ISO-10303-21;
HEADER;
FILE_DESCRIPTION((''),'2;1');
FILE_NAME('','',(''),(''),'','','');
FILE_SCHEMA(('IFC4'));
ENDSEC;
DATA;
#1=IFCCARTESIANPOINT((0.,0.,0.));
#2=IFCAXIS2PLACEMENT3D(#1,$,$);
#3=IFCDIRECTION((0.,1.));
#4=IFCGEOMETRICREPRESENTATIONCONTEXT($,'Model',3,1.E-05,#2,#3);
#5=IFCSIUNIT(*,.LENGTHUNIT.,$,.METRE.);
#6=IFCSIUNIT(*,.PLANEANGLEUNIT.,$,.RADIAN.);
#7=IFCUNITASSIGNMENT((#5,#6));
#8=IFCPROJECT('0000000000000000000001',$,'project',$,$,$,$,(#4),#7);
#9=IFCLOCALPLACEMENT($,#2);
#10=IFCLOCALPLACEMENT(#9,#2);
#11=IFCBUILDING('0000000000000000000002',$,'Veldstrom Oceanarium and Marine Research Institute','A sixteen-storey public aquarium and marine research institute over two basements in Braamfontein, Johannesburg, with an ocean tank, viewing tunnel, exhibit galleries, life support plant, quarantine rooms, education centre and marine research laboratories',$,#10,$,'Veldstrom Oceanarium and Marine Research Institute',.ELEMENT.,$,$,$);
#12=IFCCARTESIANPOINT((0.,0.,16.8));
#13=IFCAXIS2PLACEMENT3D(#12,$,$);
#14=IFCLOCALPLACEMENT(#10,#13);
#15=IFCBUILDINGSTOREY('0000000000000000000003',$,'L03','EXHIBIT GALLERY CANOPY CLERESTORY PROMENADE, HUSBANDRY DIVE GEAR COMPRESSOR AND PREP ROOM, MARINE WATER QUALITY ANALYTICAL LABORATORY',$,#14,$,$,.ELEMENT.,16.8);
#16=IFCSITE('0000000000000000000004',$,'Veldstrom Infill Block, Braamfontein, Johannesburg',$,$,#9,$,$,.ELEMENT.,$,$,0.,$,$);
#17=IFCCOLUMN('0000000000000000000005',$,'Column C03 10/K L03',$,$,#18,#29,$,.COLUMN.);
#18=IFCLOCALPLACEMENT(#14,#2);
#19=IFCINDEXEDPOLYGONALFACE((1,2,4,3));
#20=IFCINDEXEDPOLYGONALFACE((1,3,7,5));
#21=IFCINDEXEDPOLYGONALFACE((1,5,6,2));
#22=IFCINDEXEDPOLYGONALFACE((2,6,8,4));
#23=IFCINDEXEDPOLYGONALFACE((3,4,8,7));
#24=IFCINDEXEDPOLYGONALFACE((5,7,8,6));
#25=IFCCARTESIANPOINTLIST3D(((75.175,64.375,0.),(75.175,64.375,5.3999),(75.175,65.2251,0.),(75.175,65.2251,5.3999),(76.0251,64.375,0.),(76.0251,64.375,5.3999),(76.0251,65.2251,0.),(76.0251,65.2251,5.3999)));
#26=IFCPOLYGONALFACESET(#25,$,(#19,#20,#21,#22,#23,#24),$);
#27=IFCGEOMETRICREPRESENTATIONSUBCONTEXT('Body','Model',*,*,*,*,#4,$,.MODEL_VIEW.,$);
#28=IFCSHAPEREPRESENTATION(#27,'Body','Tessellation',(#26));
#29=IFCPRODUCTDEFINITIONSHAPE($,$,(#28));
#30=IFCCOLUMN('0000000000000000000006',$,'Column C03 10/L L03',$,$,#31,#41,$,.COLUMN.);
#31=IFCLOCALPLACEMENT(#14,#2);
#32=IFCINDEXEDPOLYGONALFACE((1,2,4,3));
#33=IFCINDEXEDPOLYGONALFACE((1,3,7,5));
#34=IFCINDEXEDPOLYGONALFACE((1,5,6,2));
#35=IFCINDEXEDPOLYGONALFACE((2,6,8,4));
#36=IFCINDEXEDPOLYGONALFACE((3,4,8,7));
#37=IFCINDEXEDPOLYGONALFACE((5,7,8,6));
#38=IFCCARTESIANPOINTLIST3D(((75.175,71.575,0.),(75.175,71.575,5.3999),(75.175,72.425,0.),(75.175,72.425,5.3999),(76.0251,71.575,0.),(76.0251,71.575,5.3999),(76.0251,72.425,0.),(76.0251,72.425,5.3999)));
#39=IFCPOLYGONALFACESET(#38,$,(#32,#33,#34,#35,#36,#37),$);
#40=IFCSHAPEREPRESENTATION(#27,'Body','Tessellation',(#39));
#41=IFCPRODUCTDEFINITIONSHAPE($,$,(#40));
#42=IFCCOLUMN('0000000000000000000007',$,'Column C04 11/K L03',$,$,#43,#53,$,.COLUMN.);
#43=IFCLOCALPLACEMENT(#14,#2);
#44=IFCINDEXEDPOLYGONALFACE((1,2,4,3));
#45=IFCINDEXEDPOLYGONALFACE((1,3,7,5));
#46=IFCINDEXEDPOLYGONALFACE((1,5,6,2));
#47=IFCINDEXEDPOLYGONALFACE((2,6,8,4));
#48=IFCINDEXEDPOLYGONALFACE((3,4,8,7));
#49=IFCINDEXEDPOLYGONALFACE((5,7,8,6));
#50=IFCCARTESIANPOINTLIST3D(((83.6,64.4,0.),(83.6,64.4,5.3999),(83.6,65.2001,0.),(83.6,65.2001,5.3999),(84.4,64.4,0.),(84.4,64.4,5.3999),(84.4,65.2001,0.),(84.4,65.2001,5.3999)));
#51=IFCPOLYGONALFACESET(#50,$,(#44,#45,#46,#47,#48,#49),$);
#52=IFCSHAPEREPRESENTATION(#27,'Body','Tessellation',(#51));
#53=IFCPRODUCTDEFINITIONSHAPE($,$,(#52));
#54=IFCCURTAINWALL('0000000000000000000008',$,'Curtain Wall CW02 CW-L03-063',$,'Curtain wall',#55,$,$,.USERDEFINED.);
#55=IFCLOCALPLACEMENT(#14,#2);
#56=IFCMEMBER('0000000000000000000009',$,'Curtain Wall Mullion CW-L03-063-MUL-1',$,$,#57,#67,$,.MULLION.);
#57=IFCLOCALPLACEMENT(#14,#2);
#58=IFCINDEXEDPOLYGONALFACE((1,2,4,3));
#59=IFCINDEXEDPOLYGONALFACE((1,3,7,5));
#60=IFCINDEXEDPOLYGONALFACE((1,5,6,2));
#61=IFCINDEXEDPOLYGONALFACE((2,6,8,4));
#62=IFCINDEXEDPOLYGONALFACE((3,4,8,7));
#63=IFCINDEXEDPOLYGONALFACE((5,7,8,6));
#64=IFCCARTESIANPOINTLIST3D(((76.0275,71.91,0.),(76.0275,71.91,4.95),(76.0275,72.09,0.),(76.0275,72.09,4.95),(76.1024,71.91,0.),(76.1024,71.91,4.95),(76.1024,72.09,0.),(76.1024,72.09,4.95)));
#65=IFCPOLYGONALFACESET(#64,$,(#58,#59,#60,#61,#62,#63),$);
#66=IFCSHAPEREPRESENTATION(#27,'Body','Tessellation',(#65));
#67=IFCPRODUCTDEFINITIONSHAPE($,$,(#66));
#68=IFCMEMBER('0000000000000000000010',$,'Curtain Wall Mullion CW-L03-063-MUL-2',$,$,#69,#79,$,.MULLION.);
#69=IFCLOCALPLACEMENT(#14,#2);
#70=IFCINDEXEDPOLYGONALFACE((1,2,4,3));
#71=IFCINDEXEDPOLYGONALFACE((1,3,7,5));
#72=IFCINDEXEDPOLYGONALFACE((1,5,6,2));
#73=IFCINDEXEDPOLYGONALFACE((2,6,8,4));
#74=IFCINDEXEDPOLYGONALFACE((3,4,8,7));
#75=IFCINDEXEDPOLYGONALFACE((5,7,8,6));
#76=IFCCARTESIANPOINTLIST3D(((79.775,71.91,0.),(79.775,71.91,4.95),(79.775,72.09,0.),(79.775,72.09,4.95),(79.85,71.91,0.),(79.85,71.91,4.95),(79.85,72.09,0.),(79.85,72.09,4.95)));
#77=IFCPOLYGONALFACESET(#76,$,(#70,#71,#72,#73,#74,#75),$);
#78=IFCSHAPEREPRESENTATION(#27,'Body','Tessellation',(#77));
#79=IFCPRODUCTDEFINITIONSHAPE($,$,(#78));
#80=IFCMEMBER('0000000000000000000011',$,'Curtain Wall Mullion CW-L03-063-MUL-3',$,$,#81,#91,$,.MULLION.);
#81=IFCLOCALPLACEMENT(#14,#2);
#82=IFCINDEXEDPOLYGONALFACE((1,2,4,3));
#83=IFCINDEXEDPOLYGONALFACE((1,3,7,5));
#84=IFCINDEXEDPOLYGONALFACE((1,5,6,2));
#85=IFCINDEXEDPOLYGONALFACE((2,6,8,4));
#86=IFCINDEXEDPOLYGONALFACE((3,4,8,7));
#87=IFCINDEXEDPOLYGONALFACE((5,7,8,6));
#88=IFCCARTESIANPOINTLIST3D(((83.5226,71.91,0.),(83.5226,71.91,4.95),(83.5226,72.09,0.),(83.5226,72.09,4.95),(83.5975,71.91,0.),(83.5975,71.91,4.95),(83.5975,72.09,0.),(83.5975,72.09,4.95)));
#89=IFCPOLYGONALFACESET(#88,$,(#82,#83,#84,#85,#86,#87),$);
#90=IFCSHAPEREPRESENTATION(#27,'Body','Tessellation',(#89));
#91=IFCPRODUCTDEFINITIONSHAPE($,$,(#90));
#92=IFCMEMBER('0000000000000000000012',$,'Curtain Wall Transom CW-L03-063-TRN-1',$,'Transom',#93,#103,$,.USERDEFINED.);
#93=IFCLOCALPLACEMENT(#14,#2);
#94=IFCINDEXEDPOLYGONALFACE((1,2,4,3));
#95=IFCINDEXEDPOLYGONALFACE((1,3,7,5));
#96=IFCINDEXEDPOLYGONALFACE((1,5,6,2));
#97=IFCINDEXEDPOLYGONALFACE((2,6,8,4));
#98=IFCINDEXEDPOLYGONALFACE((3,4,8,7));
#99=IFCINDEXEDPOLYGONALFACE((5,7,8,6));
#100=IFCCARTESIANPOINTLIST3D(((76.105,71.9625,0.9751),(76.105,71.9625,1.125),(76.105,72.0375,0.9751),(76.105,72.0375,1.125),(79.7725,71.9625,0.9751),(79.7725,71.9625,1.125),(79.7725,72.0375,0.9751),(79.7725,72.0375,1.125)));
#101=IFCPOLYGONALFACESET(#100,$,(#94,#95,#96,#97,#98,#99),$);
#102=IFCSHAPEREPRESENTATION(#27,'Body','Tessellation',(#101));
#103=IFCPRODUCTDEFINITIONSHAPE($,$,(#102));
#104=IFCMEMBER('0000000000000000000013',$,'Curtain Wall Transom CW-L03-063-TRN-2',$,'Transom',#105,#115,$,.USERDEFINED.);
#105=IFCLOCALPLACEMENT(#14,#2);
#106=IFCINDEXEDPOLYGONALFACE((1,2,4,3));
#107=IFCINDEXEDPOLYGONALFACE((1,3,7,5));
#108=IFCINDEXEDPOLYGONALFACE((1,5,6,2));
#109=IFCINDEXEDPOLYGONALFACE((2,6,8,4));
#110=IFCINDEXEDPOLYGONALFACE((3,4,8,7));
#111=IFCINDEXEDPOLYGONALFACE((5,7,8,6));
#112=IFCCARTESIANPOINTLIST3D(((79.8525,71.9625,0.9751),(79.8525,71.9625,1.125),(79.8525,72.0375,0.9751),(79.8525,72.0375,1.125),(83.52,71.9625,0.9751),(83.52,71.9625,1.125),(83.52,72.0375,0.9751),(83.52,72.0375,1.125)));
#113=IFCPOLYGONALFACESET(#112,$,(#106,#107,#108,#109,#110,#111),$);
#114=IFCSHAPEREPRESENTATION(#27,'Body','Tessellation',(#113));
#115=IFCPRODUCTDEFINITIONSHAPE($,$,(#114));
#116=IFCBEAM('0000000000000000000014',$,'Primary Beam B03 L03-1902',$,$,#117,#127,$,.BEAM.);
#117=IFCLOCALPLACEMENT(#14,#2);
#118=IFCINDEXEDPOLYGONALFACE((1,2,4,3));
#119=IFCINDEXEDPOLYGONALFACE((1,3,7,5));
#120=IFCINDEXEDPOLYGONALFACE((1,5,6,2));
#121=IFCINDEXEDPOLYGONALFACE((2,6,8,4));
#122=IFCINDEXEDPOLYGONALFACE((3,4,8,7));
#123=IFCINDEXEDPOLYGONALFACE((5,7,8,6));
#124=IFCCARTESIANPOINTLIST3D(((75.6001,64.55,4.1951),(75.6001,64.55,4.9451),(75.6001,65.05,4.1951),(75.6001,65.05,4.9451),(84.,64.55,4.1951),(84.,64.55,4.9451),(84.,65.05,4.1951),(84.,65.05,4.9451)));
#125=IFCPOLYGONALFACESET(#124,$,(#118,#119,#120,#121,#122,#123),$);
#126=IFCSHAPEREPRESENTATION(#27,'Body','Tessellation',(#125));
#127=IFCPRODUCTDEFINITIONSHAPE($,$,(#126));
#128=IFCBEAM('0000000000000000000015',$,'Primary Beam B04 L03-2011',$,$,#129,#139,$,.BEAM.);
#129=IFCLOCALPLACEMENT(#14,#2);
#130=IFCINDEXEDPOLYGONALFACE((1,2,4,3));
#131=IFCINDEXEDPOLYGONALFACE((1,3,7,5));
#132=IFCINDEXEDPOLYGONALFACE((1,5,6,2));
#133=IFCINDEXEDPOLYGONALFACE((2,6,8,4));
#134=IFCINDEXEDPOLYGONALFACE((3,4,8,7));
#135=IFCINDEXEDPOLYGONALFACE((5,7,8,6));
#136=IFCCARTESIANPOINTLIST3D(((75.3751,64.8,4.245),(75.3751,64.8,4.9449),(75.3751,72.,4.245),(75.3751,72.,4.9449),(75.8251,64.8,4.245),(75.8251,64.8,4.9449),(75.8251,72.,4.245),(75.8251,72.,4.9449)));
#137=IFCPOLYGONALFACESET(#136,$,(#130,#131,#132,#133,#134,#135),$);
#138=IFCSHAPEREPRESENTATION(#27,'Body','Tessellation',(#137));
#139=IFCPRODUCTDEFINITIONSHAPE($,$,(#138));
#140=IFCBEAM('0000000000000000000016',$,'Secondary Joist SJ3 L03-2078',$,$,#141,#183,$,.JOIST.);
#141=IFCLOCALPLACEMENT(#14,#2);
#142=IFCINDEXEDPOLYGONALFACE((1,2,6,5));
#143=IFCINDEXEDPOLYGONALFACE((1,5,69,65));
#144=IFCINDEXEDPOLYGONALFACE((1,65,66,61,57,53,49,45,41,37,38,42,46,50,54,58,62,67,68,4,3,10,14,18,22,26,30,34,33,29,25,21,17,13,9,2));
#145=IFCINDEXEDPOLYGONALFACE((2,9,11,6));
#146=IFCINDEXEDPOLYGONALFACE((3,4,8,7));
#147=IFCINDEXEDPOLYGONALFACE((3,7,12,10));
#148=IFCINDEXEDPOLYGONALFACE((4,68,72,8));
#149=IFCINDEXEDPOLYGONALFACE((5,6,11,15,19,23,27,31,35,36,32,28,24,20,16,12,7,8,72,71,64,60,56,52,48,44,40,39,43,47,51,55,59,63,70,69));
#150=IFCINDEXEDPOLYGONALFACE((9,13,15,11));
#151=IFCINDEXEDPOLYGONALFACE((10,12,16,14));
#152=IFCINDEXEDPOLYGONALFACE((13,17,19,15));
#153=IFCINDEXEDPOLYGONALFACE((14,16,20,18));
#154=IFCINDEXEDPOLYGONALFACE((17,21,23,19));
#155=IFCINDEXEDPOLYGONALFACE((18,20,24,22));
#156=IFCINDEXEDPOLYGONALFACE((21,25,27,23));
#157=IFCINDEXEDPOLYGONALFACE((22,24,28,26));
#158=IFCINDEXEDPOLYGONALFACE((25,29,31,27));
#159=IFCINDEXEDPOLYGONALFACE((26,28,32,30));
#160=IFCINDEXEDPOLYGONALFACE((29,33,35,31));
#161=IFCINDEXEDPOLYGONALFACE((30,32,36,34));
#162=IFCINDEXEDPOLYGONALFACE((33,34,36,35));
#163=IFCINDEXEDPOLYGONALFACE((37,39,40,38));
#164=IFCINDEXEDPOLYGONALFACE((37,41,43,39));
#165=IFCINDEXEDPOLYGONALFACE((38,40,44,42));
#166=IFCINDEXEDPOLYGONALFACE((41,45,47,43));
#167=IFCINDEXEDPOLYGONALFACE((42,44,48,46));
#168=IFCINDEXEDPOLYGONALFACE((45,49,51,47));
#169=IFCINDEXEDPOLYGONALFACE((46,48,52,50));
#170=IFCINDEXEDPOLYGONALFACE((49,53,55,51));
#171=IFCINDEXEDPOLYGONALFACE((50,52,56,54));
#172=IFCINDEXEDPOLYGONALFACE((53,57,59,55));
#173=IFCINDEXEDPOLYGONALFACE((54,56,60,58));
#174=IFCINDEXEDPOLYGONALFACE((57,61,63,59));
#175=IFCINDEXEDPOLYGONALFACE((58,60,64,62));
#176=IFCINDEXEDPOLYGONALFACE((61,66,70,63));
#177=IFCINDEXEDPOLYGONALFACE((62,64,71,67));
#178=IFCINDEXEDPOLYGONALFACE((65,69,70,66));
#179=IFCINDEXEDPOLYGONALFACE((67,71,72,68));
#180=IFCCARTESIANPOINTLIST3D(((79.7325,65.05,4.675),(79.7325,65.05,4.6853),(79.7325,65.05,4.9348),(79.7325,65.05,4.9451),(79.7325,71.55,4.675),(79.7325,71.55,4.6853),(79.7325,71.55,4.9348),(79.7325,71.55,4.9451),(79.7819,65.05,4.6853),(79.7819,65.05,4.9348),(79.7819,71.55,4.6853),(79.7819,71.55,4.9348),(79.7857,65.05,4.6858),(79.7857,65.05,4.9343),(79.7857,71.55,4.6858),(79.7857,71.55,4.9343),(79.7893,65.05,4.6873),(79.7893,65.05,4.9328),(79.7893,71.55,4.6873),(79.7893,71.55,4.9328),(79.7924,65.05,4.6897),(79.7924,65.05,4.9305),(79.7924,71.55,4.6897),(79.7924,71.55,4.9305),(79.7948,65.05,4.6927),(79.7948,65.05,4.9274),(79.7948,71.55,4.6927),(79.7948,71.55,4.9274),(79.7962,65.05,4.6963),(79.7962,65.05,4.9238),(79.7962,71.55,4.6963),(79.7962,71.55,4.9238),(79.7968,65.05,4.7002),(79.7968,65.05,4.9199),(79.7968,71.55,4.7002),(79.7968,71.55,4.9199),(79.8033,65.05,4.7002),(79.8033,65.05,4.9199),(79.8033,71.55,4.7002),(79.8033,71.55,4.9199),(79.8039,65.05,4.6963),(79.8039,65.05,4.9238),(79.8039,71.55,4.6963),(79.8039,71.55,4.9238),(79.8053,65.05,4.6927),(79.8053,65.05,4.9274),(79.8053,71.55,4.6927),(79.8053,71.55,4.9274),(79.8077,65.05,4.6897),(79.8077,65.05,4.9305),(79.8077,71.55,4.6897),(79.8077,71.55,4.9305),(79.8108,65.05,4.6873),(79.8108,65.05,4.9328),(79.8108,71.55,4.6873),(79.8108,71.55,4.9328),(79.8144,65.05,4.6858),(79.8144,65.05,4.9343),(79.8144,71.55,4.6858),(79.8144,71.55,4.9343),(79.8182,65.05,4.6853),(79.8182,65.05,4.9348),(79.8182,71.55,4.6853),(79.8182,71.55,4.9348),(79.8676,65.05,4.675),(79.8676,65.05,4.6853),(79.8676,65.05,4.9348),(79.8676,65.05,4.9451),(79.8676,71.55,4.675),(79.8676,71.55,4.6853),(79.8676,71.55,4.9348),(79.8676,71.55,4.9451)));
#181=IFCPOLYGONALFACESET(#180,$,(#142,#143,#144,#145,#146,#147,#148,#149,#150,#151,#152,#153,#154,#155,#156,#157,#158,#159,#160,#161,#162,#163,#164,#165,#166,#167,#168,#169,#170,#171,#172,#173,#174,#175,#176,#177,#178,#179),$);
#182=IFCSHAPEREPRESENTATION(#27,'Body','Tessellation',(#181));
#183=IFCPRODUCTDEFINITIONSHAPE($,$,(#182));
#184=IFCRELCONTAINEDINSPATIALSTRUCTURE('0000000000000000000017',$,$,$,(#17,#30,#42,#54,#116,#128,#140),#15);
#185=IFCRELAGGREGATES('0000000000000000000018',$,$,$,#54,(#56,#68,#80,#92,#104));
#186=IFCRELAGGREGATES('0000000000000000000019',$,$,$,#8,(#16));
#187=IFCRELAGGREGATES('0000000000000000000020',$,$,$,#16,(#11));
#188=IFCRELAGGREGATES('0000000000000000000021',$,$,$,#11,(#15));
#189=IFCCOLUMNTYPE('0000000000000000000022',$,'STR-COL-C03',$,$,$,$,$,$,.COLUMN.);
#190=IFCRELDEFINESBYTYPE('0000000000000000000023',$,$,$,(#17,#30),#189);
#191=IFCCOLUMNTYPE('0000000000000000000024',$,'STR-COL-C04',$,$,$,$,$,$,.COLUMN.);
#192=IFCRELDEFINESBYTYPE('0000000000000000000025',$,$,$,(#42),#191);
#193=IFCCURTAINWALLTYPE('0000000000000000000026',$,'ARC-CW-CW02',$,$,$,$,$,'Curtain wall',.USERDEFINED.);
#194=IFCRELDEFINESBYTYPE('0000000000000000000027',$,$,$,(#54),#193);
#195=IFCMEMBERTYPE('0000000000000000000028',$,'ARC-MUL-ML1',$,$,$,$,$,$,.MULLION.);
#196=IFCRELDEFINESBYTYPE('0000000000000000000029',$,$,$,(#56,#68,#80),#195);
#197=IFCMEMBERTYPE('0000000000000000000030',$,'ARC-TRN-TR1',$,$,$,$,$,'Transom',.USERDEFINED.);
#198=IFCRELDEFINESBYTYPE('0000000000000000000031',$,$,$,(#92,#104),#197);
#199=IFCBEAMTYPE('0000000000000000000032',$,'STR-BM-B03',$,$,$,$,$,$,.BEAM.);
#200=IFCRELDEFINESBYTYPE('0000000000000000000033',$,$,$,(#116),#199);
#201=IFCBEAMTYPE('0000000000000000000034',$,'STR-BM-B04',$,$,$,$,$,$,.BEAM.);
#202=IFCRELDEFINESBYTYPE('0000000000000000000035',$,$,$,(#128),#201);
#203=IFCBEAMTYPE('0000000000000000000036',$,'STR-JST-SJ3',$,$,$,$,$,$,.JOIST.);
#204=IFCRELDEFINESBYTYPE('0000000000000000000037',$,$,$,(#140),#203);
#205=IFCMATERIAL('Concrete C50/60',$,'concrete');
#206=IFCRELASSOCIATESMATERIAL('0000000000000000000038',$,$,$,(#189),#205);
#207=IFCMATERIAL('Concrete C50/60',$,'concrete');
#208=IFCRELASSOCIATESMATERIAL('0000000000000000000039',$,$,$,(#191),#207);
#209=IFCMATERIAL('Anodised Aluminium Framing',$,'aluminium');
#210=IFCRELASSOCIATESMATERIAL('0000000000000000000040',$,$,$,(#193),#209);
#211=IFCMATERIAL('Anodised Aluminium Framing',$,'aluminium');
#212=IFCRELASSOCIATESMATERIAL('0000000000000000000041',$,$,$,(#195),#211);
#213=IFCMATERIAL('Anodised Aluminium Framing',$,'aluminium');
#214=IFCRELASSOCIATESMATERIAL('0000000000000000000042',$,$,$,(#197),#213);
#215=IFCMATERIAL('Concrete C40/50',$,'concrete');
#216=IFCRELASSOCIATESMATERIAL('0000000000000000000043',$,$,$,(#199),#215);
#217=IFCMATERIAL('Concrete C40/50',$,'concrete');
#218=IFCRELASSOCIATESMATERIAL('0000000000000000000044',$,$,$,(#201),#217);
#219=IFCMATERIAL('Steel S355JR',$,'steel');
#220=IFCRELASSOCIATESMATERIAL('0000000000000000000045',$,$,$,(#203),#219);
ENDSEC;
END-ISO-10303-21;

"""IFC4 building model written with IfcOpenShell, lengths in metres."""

from ifc_helpers import new_model, si_unit, direction, frame, origin, origin_2d, place, context, subcontext, project, spatial, rectangle, i_section, extrude, material, material_profile, profile_set, type_object, element, aggregate, save


model = new_model("IFC4")

# Units and contexts
model_context = context("Model", 3, precision=1e-05, world=origin(), true_north=direction((0.0, 1.0)))
body_context = subcontext(model_context, "Body", "Model", "MODEL_VIEW")
ifc_project = project(units=[si_unit("LENGTHUNIT", "METRE"), si_unit("PLANEANGLEUNIT", "RADIAN")], contexts=[model_context])

# Site, building, storey
site_placement = place(None, origin())
site = spatial("IfcSite", under=ifc_project, at=site_placement, Name="Veldstrom Infill Block, Braamfontein, Johannesburg", CompositionType="ELEMENT", RefElevation=0.0)
building_placement = place(site_placement, origin())
building = spatial("IfcBuilding", under=site, at=building_placement, Name="Veldstrom Oceanarium and Marine Research Institute", Description="A sixteen-storey public aquarium and marine research institute over two basements in Braamfontein, Johannesburg, with an ocean tank, viewing tunnel, exhibit galleries, life support plant, quarantine rooms, education centre and marine research laboratories", LongName="Veldstrom Oceanarium and Marine Research Institute", CompositionType="ELEMENT")
storey_placement = place(building_placement, frame((0.0, 0.0, 16.8)))
storey = spatial("IfcBuildingStorey", under=building, at=storey_placement, Name="L03", Description="EXHIBIT GALLERY CANOPY CLERESTORY PROMENADE, HUSBANDRY DIVE GEAR COMPRESSOR AND PREP ROOM, MARINE WATER QUALITY ANALYTICAL LABORATORY", CompositionType="ELEMENT", Elevation=16.8)

# Columns
ifc_material_1 = material(Name="Concrete C50/60", Category="concrete")
ifc_material_profile_1 = material_profile(ifc_material_1, rectangle(XDim=0.8501, YDim=0.8501, at=origin_2d()), Name="RC-COL-850x850")
ifc_profile_set_1 = profile_set([ifc_material_profile_1], Name="Concrete C50/60")
column_type_1 = type_object("IfcColumnType", Name="STR-COL-C03", PredefinedType="COLUMN", material=ifc_profile_set_1)
for number, where, z_axis, x_axis, name in (
    (1, (75.6001, 64.8, 0.0), (0.0, 0.0, 1.0), (1.0, 0.0, 0.0), "Column C03 10/K L03"),
    (2, (75.6001, 72.0, 0.0), (0.0, 0.0, 1.0), (1.0, 0.0, 0.0), "Column C03 10/L L03"),
):
    element("IfcColumn", number, at=place(storey_placement, frame(where, z_axis=z_axis, x_axis=x_axis)), inside=storey, type_object=column_type_1, Name=name, PredefinedType="COLUMN", context=body_context, shape_type="SweptSolid", body=[
        extrude(rectangle(XDim=0.8501, YDim=0.8501, at=origin_2d()), origin(), (0.0, 0.0, 1.0), 5.3999),
    ])
ifc_material_2 = material(Name="Concrete C50/60", Category="concrete")
ifc_material_profile_2 = material_profile(ifc_material_2, rectangle(XDim=0.8, YDim=0.8, at=origin_2d()), Name="RC-COL-800x800")
ifc_profile_set_2 = profile_set([ifc_material_profile_2], Name="Concrete C50/60")
column_type_2 = type_object("IfcColumnType", Name="STR-COL-C04", PredefinedType="COLUMN", material=ifc_profile_set_2)
column_placement = place(storey_placement, frame((84.0, 64.8, 0.0), z_axis=(0.0, 0.0, 1.0), x_axis=(1.0, 0.0, 0.0)))
element("IfcColumn", 3, at=column_placement, inside=storey, type_object=column_type_2, Name="Column C04 11/K L03", PredefinedType="COLUMN", context=body_context, shape_type="SweptSolid", body=[
    extrude(rectangle(XDim=0.8, YDim=0.8, at=origin_2d()), origin(), (0.0, 0.0, 1.0), 5.3999),
])

# Curtain wall, members
ifc_material_3 = material(Name="Anodised Aluminium Framing", Category="aluminium")
curtain_wall_type = type_object("IfcCurtainWallType", Name="ARC-CW-CW02", ElementType="Curtain wall", PredefinedType="USERDEFINED", material=ifc_material_3)
curtain_wall_placement = place(storey_placement, origin())
curtain_wall = element("IfcCurtainWall", 4, at=curtain_wall_placement, inside=storey, type_object=curtain_wall_type, Name="Curtain Wall CW02 CW-L03-063", ObjectType="Curtain wall", PredefinedType="USERDEFINED")
ifc_material_4 = material(Name="Anodised Aluminium Framing", Category="aluminium")
ifc_material_profile_3 = material_profile(ifc_material_4, rectangle(XDim=0.075, YDim=0.1799, at=origin_2d()), Name="ALU-MUL-75x180")
ifc_profile_set_3 = profile_set([ifc_material_profile_3], Name="Anodised Aluminium Framing")
member_type_1 = type_object("IfcMemberType", Name="ARC-MUL-ML1", PredefinedType="MULLION", material=ifc_profile_set_3)
member_1_placement = place(storey_placement, frame((76.0649, 72.0, 0.0), z_axis=(0.0, 0.0, 1.0), x_axis=(1.0, 0.0, 0.0)))
member_1 = element("IfcMember", 5, at=member_1_placement, type_object=member_type_1, Name="Curtain Wall Mullion CW-L03-063-MUL-1", PredefinedType="MULLION", context=body_context, shape_type="SweptSolid", body=[
    extrude(rectangle(XDim=0.075, YDim=0.1799, at=origin_2d()), origin(), (0.0, 0.0, 1.0), 4.95),
])
member_2_placement = place(storey_placement, frame((79.8125, 72.0, 0.0), z_axis=(0.0, 0.0, 1.0), x_axis=(1.0, 0.0, 0.0)))
member_2 = element("IfcMember", 6, at=member_2_placement, type_object=member_type_1, Name="Curtain Wall Mullion CW-L03-063-MUL-2", PredefinedType="MULLION", context=body_context, shape_type="SweptSolid", body=[
    extrude(rectangle(XDim=0.075, YDim=0.1799, at=origin_2d()), origin(), (0.0, 0.0, 1.0), 4.95),
])
member_3_placement = place(storey_placement, frame((83.5601, 72.0, 0.0), z_axis=(0.0, 0.0, 1.0), x_axis=(1.0, 0.0, 0.0)))
member_3 = element("IfcMember", 7, at=member_3_placement, type_object=member_type_1, Name="Curtain Wall Mullion CW-L03-063-MUL-3", PredefinedType="MULLION", context=body_context, shape_type="SweptSolid", body=[
    extrude(rectangle(XDim=0.075, YDim=0.1799, at=origin_2d()), origin(), (0.0, 0.0, 1.0), 4.95),
])
ifc_material_5 = material(Name="Anodised Aluminium Framing", Category="aluminium")
ifc_material_profile_4 = material_profile(ifc_material_5, rectangle(XDim=0.075, YDim=0.1499, at=origin_2d()), Name="ALU-TRN-75x150")
ifc_profile_set_4 = profile_set([ifc_material_profile_4], Name="Anodised Aluminium Framing")
member_type_2 = type_object("IfcMemberType", Name="ARC-TRN-TR1", ElementType="Transom", PredefinedType="USERDEFINED", material=ifc_profile_set_4)
member_4_placement = place(storey_placement, frame((76.105, 72.0, 1.05), z_axis=(1.0, 0.0, 0.0), x_axis=(0.0, 1.0, 0.0)))
member_4 = element("IfcMember", 8, at=member_4_placement, type_object=member_type_2, Name="Curtain Wall Transom CW-L03-063-TRN-1", ObjectType="Transom", PredefinedType="USERDEFINED", context=body_context, shape_type="SweptSolid", body=[
    extrude(rectangle(XDim=0.075, YDim=0.1499, at=origin_2d()), origin(), (0.0, 0.0, 1.0), 3.6675),
])
member_5_placement = place(storey_placement, frame((79.8525, 72.0, 1.05), z_axis=(1.0, 0.0, 0.0), x_axis=(0.0, 1.0, 0.0)))
member_5 = element("IfcMember", 9, at=member_5_placement, type_object=member_type_2, Name="Curtain Wall Transom CW-L03-063-TRN-2", ObjectType="Transom", PredefinedType="USERDEFINED", context=body_context, shape_type="SweptSolid", body=[
    extrude(rectangle(XDim=0.075, YDim=0.1499, at=origin_2d()), origin(), (0.0, 0.0, 1.0), 3.6675),
])

# Beams
ifc_material_6 = material(Name="Concrete C40/50", Category="concrete")
ifc_material_profile_5 = material_profile(ifc_material_6, rectangle(XDim=0.5, YDim=0.75, at=origin_2d()), Name="RC-BM-500x750")
ifc_profile_set_5 = profile_set([ifc_material_profile_5], Name="Concrete C40/50")
beam_type_1 = type_object("IfcBeamType", Name="STR-BM-B03", PredefinedType="BEAM", material=ifc_profile_set_5)
beam_1_placement = place(storey_placement, frame((75.6001, 64.8, 4.5701), z_axis=(1.0, 0.0, 0.0), x_axis=(0.0, 1.0, 0.0)))
element("IfcBeam", 10, at=beam_1_placement, inside=storey, type_object=beam_type_1, Name="Primary Beam B03 L03-1902", PredefinedType="BEAM", context=body_context, shape_type="SweptSolid", body=[
    extrude(rectangle(XDim=0.5, YDim=0.75, at=origin_2d()), origin(), (0.0, 0.0, 1.0), 8.3999),
])
ifc_material_7 = material(Name="Concrete C40/50", Category="concrete")
ifc_material_profile_6 = material_profile(ifc_material_7, rectangle(XDim=0.45, YDim=0.7, at=origin_2d()), Name="RC-BM-450x700")
ifc_profile_set_6 = profile_set([ifc_material_profile_6], Name="Concrete C40/50")
beam_type_2 = type_object("IfcBeamType", Name="STR-BM-B04", PredefinedType="BEAM", material=ifc_profile_set_6)
beam_2_placement = place(storey_placement, frame((75.6001, 64.8, 4.595), z_axis=(0.0, 1.0, 0.0), x_axis=(-1.0, 0.0, 0.0)))
element("IfcBeam", 11, at=beam_2_placement, inside=storey, type_object=beam_type_2, Name="Primary Beam B04 L03-2011", PredefinedType="BEAM", context=body_context, shape_type="SweptSolid", body=[
    extrude(rectangle(XDim=0.45, YDim=0.7, at=origin_2d()), origin(), (0.0, 0.0, 1.0), 7.2),
])
ifc_material_8 = material(Name="Steel S355JR", Category="steel")
ifc_material_profile_7 = material_profile(ifc_material_8, i_section(OverallWidth=0.135, OverallDepth=0.27, WebThickness=0.0066, FlangeThickness=0.0103, FilletRadius=0.0149, at=origin_2d()), Name="IPE 270")
ifc_profile_set_7 = profile_set([ifc_material_profile_7], Name="Steel S355JR")
beam_type_3 = type_object("IfcBeamType", Name="STR-JST-SJ3", PredefinedType="JOIST", material=ifc_profile_set_7)
beam_3_placement = place(storey_placement, frame((79.8, 65.05, 4.8101), z_axis=(0.0, 1.0, 0.0), x_axis=(-1.0, 0.0, 0.0)))
element("IfcBeam", 12, at=beam_3_placement, inside=storey, type_object=beam_type_3, Name="Secondary Joist SJ3 L03-2078", PredefinedType="JOIST", context=body_context, shape_type="SweptSolid", body=[
    extrude(i_section(OverallWidth=0.135, OverallDepth=0.27, WebThickness=0.0066, FlangeThickness=0.0103, FilletRadius=0.0149, at=origin_2d()), origin(), (0.0, 0.0, 1.0), 6.5),
])

aggregate(curtain_wall, [member_1, member_2, member_3, member_4, member_5])

save(model, "model.ifc")
